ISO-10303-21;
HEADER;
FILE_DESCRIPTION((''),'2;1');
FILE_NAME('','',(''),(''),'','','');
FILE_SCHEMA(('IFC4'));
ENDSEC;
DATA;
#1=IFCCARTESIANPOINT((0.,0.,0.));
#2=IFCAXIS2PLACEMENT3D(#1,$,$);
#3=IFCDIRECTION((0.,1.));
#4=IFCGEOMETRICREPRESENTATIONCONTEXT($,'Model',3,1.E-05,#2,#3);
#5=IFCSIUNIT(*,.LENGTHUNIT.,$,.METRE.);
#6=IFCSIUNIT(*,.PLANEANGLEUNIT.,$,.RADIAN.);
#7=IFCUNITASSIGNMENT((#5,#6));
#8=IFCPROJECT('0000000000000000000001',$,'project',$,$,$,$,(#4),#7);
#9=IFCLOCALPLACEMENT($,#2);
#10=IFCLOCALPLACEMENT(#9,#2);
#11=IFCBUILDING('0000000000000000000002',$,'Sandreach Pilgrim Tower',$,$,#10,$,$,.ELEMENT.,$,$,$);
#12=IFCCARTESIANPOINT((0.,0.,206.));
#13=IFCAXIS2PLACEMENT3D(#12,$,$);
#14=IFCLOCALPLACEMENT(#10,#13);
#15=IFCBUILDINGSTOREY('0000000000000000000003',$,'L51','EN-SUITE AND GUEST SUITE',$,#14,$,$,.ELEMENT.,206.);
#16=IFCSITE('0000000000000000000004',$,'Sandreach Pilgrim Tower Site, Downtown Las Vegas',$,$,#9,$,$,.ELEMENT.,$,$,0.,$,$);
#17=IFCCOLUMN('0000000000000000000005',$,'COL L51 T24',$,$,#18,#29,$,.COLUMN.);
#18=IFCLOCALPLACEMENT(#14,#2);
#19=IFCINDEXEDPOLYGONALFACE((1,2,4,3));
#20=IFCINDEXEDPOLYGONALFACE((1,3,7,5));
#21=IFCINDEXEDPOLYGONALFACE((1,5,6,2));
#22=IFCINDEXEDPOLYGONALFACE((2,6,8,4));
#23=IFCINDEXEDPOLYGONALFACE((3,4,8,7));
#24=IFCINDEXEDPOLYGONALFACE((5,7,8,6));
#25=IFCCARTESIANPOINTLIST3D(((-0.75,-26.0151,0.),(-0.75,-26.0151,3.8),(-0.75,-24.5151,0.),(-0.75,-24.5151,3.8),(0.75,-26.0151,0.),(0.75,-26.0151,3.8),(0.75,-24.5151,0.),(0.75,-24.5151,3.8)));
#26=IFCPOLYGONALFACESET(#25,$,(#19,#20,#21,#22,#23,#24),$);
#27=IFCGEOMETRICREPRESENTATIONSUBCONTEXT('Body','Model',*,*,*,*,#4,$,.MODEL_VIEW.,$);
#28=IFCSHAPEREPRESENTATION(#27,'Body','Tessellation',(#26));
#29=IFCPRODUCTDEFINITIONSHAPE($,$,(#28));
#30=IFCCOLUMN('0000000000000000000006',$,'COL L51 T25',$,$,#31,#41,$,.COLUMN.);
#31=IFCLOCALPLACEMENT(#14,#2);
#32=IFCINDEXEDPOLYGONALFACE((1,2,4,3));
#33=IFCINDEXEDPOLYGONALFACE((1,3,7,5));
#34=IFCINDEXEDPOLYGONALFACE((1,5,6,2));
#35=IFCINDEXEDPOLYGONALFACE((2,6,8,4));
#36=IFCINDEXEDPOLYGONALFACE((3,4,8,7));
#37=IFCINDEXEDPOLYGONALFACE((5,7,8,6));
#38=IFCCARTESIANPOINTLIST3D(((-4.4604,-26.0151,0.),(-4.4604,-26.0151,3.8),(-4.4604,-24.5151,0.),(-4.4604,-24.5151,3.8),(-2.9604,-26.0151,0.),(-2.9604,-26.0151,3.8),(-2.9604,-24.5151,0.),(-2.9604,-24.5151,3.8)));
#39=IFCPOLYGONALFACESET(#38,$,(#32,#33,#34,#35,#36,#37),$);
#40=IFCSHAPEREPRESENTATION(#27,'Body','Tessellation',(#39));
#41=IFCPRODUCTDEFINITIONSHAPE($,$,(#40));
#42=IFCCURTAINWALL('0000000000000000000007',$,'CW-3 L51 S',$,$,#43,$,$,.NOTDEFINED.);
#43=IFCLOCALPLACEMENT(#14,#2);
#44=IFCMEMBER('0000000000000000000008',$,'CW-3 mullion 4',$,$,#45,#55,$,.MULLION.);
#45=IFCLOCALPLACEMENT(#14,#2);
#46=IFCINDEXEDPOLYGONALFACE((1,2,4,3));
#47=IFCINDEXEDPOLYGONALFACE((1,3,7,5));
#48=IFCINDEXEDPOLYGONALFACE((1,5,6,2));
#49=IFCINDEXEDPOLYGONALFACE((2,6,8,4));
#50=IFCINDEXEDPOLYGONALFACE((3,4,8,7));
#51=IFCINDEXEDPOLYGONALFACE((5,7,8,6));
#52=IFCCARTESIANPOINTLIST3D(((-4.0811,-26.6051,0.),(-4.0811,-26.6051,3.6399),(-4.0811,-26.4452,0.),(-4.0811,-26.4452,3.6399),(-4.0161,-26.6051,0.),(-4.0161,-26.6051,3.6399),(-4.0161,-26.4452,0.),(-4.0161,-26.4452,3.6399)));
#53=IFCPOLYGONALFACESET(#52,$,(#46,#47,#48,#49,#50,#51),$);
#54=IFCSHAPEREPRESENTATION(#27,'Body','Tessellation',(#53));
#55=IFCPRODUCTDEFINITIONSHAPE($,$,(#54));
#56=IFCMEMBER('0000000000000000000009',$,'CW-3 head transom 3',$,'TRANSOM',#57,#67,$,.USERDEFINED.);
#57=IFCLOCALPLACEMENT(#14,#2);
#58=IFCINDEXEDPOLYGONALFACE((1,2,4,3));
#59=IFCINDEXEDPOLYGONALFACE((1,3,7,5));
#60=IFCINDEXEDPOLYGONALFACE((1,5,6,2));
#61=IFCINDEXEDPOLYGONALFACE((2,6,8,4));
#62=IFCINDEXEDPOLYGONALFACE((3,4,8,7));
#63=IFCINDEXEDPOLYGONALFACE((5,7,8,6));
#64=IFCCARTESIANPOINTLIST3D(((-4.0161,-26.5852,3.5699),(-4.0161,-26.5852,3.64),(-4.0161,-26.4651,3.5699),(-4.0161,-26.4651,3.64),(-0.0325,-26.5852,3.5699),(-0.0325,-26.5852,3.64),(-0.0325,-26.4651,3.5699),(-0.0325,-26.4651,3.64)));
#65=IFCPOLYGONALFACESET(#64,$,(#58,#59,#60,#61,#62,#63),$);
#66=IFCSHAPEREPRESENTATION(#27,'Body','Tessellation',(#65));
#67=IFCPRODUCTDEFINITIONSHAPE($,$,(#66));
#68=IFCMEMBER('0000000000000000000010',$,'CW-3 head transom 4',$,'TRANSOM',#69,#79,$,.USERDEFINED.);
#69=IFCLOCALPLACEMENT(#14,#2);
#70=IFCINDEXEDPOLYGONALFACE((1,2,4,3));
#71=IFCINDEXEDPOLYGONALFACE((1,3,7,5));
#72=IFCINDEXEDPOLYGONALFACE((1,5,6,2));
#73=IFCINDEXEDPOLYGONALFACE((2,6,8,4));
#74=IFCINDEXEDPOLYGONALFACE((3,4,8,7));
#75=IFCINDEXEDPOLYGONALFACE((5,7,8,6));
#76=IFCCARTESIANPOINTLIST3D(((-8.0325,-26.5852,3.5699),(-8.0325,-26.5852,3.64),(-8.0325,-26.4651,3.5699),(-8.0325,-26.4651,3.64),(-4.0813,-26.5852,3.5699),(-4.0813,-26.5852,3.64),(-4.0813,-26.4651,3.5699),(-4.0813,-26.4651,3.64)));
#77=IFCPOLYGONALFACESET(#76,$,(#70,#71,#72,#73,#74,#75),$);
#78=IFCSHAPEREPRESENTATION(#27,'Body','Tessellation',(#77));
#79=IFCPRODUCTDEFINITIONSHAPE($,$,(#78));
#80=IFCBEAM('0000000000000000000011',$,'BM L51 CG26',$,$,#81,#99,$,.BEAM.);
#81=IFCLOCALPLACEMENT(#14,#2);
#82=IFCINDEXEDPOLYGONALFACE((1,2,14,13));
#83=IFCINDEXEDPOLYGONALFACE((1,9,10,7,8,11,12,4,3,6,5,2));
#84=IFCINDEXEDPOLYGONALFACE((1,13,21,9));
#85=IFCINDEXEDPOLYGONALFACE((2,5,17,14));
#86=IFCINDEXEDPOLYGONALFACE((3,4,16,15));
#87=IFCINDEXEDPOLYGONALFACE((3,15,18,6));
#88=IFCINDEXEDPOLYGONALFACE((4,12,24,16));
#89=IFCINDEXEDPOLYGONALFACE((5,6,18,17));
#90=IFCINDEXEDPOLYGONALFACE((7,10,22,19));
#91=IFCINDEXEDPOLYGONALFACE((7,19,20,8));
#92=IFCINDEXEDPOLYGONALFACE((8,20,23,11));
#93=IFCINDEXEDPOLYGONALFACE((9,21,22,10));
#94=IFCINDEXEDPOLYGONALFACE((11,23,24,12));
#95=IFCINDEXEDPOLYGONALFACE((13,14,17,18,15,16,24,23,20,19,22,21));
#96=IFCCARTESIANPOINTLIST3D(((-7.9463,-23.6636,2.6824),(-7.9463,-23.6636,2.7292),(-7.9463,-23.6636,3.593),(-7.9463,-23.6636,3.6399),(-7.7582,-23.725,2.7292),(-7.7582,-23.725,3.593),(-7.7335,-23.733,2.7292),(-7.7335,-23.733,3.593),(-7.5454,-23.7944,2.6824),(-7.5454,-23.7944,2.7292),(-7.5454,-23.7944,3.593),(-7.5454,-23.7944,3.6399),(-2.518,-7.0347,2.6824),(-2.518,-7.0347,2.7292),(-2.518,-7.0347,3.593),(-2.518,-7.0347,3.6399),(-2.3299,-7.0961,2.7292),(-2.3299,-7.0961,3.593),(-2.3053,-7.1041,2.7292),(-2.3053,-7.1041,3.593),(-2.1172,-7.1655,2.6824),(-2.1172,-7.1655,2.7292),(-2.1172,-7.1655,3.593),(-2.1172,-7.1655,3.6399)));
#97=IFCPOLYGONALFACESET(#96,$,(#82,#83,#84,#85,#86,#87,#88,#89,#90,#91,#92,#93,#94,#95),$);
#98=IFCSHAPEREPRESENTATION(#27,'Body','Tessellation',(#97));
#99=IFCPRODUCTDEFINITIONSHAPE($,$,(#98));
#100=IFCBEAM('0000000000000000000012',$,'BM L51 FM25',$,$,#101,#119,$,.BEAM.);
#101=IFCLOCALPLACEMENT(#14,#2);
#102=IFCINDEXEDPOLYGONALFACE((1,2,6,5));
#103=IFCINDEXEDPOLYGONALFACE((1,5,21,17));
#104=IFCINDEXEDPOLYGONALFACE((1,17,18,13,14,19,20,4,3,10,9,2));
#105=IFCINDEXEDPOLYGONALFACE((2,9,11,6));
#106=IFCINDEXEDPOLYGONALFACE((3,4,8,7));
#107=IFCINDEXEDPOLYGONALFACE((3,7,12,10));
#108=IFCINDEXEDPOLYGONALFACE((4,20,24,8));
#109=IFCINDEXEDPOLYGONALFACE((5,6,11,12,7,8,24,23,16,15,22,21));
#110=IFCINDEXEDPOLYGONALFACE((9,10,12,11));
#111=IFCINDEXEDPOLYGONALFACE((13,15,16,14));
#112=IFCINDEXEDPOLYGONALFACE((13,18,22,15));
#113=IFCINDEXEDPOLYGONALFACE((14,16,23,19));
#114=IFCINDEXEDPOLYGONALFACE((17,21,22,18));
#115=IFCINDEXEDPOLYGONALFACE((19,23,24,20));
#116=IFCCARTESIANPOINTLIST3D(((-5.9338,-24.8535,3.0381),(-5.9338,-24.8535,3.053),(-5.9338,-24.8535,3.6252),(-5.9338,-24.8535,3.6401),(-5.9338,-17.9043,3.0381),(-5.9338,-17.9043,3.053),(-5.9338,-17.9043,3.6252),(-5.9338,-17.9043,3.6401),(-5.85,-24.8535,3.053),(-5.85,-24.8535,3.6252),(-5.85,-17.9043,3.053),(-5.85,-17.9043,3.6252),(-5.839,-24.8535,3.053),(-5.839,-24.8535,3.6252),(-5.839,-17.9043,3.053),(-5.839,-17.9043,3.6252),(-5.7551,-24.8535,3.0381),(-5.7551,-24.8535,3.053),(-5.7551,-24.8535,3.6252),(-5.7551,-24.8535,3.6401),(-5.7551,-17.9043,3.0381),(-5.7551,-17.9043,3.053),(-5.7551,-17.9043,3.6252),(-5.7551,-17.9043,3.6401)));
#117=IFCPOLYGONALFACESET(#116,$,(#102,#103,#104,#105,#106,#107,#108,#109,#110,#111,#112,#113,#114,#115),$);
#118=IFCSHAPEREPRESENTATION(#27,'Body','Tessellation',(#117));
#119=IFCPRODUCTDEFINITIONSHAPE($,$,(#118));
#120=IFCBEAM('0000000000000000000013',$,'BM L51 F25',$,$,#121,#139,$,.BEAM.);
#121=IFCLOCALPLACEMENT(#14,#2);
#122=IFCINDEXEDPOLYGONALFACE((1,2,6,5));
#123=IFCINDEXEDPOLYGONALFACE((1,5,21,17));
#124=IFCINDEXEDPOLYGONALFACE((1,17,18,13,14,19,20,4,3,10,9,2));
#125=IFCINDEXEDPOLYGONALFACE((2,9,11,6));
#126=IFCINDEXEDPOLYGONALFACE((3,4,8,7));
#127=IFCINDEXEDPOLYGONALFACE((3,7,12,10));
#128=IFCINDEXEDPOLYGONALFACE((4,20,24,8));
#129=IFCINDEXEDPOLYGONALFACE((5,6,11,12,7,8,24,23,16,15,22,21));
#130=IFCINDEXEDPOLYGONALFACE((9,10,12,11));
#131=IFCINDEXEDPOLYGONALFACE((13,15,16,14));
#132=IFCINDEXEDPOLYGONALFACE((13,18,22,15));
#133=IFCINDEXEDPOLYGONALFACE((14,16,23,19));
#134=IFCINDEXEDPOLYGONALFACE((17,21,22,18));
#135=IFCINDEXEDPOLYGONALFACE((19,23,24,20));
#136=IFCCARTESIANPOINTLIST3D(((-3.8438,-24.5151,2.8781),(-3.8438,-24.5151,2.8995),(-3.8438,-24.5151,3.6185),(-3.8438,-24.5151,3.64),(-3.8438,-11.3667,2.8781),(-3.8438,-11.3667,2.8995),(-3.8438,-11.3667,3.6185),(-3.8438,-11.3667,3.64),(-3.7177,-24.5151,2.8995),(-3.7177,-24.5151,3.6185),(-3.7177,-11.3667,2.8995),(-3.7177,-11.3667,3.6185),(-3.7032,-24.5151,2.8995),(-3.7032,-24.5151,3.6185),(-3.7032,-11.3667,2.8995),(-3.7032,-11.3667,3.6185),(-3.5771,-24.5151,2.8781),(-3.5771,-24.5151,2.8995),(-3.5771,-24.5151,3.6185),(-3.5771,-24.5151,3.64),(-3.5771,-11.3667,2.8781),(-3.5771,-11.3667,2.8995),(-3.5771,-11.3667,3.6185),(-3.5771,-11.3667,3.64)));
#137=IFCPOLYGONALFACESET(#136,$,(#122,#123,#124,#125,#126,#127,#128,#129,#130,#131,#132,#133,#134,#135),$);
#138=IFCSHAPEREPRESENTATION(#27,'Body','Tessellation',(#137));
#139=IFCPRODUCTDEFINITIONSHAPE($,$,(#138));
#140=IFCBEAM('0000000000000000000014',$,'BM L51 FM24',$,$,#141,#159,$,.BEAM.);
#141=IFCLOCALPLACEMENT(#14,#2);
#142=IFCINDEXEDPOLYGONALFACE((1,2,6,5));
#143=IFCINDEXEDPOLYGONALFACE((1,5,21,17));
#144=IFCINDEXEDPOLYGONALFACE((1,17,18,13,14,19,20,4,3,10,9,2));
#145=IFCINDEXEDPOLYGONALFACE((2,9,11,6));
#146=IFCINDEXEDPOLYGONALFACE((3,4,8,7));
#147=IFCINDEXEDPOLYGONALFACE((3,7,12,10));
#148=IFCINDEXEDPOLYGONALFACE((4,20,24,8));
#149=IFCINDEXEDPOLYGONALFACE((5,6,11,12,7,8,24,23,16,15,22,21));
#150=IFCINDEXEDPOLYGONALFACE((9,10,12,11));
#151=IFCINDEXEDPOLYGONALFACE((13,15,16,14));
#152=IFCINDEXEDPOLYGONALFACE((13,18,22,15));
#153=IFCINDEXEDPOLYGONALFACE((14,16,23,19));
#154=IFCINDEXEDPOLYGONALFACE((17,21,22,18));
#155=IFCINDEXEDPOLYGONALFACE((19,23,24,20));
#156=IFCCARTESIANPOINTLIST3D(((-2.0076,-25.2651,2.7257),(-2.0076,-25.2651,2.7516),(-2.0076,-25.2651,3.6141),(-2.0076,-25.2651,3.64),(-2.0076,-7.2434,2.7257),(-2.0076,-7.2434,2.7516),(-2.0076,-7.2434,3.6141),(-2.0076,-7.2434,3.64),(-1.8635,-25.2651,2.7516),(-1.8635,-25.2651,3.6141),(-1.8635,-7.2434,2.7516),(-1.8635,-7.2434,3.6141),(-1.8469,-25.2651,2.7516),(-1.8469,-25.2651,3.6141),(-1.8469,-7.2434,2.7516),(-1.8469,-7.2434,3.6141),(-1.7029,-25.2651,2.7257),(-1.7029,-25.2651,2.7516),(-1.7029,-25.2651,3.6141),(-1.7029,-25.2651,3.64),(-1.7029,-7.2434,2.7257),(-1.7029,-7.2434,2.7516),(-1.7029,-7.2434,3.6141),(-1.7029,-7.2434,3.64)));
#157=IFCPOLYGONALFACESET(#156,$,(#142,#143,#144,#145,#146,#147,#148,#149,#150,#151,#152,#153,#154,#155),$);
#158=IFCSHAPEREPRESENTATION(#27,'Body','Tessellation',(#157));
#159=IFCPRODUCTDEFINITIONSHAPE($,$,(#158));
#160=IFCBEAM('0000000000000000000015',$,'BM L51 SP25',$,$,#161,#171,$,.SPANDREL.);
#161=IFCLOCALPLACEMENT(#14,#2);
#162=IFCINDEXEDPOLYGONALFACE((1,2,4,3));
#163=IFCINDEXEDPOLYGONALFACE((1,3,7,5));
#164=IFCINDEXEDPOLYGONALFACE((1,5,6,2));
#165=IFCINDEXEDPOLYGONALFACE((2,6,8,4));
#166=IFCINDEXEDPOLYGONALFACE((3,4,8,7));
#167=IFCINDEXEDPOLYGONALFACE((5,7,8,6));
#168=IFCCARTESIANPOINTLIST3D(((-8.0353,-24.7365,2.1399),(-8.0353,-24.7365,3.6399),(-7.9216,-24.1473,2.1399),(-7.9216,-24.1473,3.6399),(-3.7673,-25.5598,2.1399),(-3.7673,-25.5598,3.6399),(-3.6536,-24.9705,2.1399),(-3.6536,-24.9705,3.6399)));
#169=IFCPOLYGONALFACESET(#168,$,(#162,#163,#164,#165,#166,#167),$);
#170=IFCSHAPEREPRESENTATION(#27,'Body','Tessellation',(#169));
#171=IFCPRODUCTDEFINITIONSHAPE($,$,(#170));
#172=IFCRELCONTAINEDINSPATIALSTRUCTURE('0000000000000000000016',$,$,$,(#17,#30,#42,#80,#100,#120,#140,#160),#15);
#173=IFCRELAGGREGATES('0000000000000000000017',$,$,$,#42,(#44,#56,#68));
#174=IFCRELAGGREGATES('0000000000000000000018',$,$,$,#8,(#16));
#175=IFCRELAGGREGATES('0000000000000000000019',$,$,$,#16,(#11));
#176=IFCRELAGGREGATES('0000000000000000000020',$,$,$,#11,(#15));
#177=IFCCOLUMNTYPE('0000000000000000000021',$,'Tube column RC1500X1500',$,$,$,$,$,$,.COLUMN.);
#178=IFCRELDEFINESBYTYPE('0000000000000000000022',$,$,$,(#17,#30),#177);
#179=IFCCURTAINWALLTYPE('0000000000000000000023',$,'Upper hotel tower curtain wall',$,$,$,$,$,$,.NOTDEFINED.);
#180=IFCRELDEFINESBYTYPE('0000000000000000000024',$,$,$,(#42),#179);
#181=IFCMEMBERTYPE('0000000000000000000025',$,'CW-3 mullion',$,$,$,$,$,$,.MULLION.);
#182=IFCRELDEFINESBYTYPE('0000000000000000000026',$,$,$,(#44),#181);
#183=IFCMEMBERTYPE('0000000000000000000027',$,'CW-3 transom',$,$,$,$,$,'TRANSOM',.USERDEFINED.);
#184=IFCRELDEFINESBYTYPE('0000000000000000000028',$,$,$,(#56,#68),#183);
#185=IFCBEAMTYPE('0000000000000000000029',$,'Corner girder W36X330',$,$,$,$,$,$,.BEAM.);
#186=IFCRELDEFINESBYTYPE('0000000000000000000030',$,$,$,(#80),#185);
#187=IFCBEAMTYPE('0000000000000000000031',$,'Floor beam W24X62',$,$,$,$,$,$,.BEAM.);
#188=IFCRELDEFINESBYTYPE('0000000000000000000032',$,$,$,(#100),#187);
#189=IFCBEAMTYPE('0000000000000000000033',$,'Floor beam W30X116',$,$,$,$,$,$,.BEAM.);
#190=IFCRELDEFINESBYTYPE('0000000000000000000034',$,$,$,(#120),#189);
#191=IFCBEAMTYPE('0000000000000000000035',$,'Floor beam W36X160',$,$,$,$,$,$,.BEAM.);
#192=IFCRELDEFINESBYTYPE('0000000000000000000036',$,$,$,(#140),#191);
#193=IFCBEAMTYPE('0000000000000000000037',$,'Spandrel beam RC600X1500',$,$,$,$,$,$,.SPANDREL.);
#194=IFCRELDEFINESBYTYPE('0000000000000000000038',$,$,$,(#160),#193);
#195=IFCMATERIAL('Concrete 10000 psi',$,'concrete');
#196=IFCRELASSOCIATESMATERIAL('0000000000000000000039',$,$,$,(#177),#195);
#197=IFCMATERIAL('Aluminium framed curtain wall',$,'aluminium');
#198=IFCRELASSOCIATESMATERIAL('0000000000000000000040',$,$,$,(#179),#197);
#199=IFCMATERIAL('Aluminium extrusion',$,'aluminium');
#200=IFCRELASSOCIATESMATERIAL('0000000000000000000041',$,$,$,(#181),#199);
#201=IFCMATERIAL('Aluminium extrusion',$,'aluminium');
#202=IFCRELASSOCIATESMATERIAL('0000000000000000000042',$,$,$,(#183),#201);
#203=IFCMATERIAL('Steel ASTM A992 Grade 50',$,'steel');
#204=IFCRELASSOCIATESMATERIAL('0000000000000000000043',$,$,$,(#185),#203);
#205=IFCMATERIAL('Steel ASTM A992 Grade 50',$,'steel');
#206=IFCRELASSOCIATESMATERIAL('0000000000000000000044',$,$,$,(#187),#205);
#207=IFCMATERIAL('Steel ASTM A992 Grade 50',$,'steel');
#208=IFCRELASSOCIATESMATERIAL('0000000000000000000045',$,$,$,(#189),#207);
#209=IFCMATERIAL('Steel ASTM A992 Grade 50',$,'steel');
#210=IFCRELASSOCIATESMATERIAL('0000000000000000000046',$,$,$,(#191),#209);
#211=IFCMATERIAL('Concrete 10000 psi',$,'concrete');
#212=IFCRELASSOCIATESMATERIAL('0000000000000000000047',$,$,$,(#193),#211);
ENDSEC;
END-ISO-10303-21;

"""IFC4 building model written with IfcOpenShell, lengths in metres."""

from ifc_helpers import new_model, si_unit, direction, frame, origin, origin_2d, place, context, subcontext, project, spatial, rectangle, i_section, extrude, material, material_profile, profile_set, type_object, element, aggregate, save


model = new_model("IFC4")

# Units and contexts
model_context = context("Model", 3, precision=1e-05, world=origin(), true_north=direction((0.0, 1.0)))
body_context = subcontext(model_context, "Body", "Model", "MODEL_VIEW")
ifc_project = project(units=[si_unit("LENGTHUNIT", "METRE"), si_unit("PLANEANGLEUNIT", "RADIAN")], contexts=[model_context])

# Site, building, storey
site_placement = place(None, origin())
site = spatial("IfcSite", under=ifc_project, at=site_placement, Name="Sandreach Pilgrim Tower Site, Downtown Las Vegas", CompositionType="ELEMENT", RefElevation=0.0)
building_placement = place(site_placement, origin())
building = spatial("IfcBuilding", under=site, at=building_placement, Name="Sandreach Pilgrim Tower", CompositionType="ELEMENT")
storey_placement = place(building_placement, frame((0.0, 0.0, 206.0)))
storey = spatial("IfcBuildingStorey", under=building, at=storey_placement, Name="L51", Description="EN-SUITE AND GUEST SUITE", CompositionType="ELEMENT", Elevation=206.0)

# Columns
ifc_material_1 = material(Name="Concrete 10000 psi", Category="concrete")
ifc_material_profile_1 = material_profile(ifc_material_1, rectangle(XDim=1.5, YDim=1.5, at=origin_2d()), Name="RC1500X1500")
ifc_profile_set_1 = profile_set([ifc_material_profile_1], Name="Concrete 10000 psi")
column_type = type_object("IfcColumnType", Name="Tube column RC1500X1500", PredefinedType="COLUMN", material=ifc_profile_set_1)
for number, where, z_axis, x_axis, name in (
    (1, (0.0, -25.2651, 0.0), (0.0, 0.0, 1.0), (0.0, -1.0, 0.0), "COL L51 T24"),
    (2, (-3.7104, -25.2651, 0.0), (0.0, 0.0, 1.0), (0.0, -1.0, 0.0), "COL L51 T25"),
):
    element("IfcColumn", number, at=place(storey_placement, frame(where, z_axis=z_axis, x_axis=x_axis)), inside=storey, type_object=column_type, Name=name, PredefinedType="COLUMN", context=body_context, shape_type="SweptSolid", body=[
        extrude(rectangle(XDim=1.5, YDim=1.5, at=origin_2d()), origin(), (0.0, 0.0, 1.0), 3.8),
    ])

# Curtain wall, members
ifc_material_2 = material(Name="Aluminium framed curtain wall", Category="aluminium")
curtain_wall_type = type_object("IfcCurtainWallType", Name="Upper hotel tower curtain wall", PredefinedType="NOTDEFINED", material=ifc_material_2)
curtain_wall_placement = place(storey_placement, origin())
curtain_wall = element("IfcCurtainWall", 3, at=curtain_wall_placement, inside=storey, type_object=curtain_wall_type, Name="CW-3 L51 S", PredefinedType="NOTDEFINED")
ifc_material_3 = material(Name="Aluminium extrusion", Category="aluminium")
ifc_material_profile_2 = material_profile(ifc_material_3, rectangle(XDim=0.0649, YDim=0.1599, at=origin_2d()), Name="CW-3M 65X160")
ifc_profile_set_2 = profile_set([ifc_material_profile_2], Name="Aluminium extrusion")
member_type_1 = type_object("IfcMemberType", Name="CW-3 mullion", PredefinedType="MULLION", material=ifc_profile_set_2)
member_1_placement = place(storey_placement, frame((-4.0486, -26.5251, 0.0), z_axis=(0.0, 0.0, 1.0), x_axis=(-1.0, 0.0, 0.0)))
member_1 = element("IfcMember", 4, at=member_1_placement, type_object=member_type_1, Name="CW-3 mullion 4", PredefinedType="MULLION", context=body_context, shape_type="SweptSolid", body=[
    extrude(rectangle(XDim=0.0649, YDim=0.1599, at=origin_2d()), origin(), (0.0, 0.0, 1.0), 3.6399),
])
ifc_material_4 = material(Name="Aluminium extrusion", Category="aluminium")
ifc_material_profile_3 = material_profile(ifc_material_4, rectangle(XDim=0.1201, YDim=0.0701, at=origin_2d()), Name="CW-3T 120X70")
ifc_profile_set_3 = profile_set([ifc_material_profile_3], Name="Aluminium extrusion")
member_type_2 = type_object("IfcMemberType", Name="CW-3 transom", ElementType="TRANSOM", PredefinedType="USERDEFINED", material=ifc_profile_set_3)
member_2_placement = place(storey_placement, frame((-0.0325, -26.5251, 3.605), z_axis=(-1.0, 0.0, 0.0), x_axis=(0.0, -1.0, 0.0)))
member_2 = element("IfcMember", 5, at=member_2_placement, type_object=member_type_2, Name="CW-3 head transom 3", ObjectType="TRANSOM", PredefinedType="USERDEFINED", context=body_context, shape_type="SweptSolid", body=[
    extrude(rectangle(XDim=0.1201, YDim=0.0701, at=origin_2d()), origin(), (0.0, 0.0, 1.0), 3.9836),
])
member_3_placement = place(storey_placement, frame((-4.0813, -26.5251, 3.605), z_axis=(-1.0, 0.0, 0.0), x_axis=(0.0, -1.0, 0.0)))
member_3 = element("IfcMember", 6, at=member_3_placement, type_object=member_type_2, Name="CW-3 head transom 4", ObjectType="TRANSOM", PredefinedType="USERDEFINED", context=body_context, shape_type="SweptSolid", body=[
    extrude(rectangle(XDim=0.1201, YDim=0.0701, at=origin_2d()), origin(), (0.0, 0.0, 1.0), 3.9512),
])

# Beams
ifc_material_5 = material(Name="Steel ASTM A992 Grade 50", Category="steel")
ifc_material_profile_4 = material_profile(ifc_material_5, i_section(OverallWidth=0.4216, OverallDepth=0.9575, WebThickness=0.0259, FlangeThickness=0.0469, at=origin_2d()), Name="W36X330")
ifc_profile_set_4 = profile_set([ifc_material_profile_4], Name="Steel ASTM A992 Grade 50")
beam_type_1 = type_object("IfcBeamType", Name="Corner girder W36X330", PredefinedType="BEAM", material=ifc_profile_set_4)
beam_1_placement = place(storey_placement, frame((-7.7458, -23.729, 3.1611), z_axis=(0.310318, 0.950633, 0.0), x_axis=(-0.950633, 0.310318, 0.0)))
element("IfcBeam", 7, at=beam_1_placement, inside=storey, type_object=beam_type_1, Name="BM L51 CG26", PredefinedType="BEAM", context=body_context, shape_type="SweptSolid", body=[
    extrude(i_section(OverallWidth=0.4216, OverallDepth=0.9575, WebThickness=0.0259, FlangeThickness=0.0469, at=origin_2d()), origin(), (0.0, 0.0, 1.0), 17.4924),
])
ifc_material_6 = material(Name="Steel ASTM A992 Grade 50", Category="steel")
ifc_material_profile_5 = material_profile(ifc_material_6, i_section(OverallWidth=0.1787, OverallDepth=0.6021, WebThickness=0.011, FlangeThickness=0.0149, at=origin_2d()), Name="W24X62")
ifc_profile_set_5 = profile_set([ifc_material_profile_5], Name="Steel ASTM A992 Grade 50")
beam_type_2 = type_object("IfcBeamType", Name="Floor beam W24X62", PredefinedType="BEAM", material=ifc_profile_set_5)
beam_2_placement = place(storey_placement, frame((-5.8445, -24.8535, 3.3391), z_axis=(0.0, 1.0, 0.0), x_axis=(-1.0, 0.0, 0.0)))
element("IfcBeam", 8, at=beam_2_placement, inside=storey, type_object=beam_type_2, Name="BM L51 FM25", PredefinedType="BEAM", context=body_context, shape_type="SweptSolid", body=[
    extrude(i_section(OverallWidth=0.1787, OverallDepth=0.6021, WebThickness=0.011, FlangeThickness=0.0149, at=origin_2d()), origin(), (0.0, 0.0, 1.0), 6.9492),
])
ifc_material_7 = material(Name="Steel ASTM A992 Grade 50", Category="steel")
ifc_material_profile_6 = material_profile(ifc_material_7, i_section(OverallWidth=0.2666, OverallDepth=0.762, WebThickness=0.0144, FlangeThickness=0.0215, at=origin_2d()), Name="W30X116")
ifc_profile_set_6 = profile_set([ifc_material_profile_6], Name="Steel ASTM A992 Grade 50")
beam_type_3 = type_object("IfcBeamType", Name="Floor beam W30X116", PredefinedType="BEAM", material=ifc_profile_set_6)
beam_3_placement = place(storey_placement, frame((-3.7104, -24.5151, 3.259), z_axis=(0.0, 1.0, 0.0), x_axis=(-1.0, 0.0, 0.0)))
element("IfcBeam", 9, at=beam_3_placement, inside=storey, type_object=beam_type_3, Name="BM L51 F25", PredefinedType="BEAM", context=body_context, shape_type="SweptSolid", body=[
    extrude(i_section(OverallWidth=0.2666, OverallDepth=0.762, WebThickness=0.0144, FlangeThickness=0.0215, at=origin_2d()), origin(), (0.0, 0.0, 1.0), 13.1484),
])
ifc_material_8 = material(Name="Steel ASTM A992 Grade 50", Category="steel")
ifc_material_profile_7 = material_profile(ifc_material_8, i_section(OverallWidth=0.3047, OverallDepth=0.9143, WebThickness=0.0166, FlangeThickness=0.0259, at=origin_2d()), Name="W36X160")
ifc_profile_set_7 = profile_set([ifc_material_profile_7], Name="Steel ASTM A992 Grade 50")
beam_type_4 = type_object("IfcBeamType", Name="Floor beam W36X160", PredefinedType="BEAM", material=ifc_profile_set_7)
beam_4_placement = place(storey_placement, frame((-1.8552, -25.2651, 3.1829), z_axis=(0.0, 1.0, 0.0), x_axis=(-1.0, 0.0, 0.0)))
element("IfcBeam", 10, at=beam_4_placement, inside=storey, type_object=beam_type_4, Name="BM L51 FM24", PredefinedType="BEAM", context=body_context, shape_type="SweptSolid", body=[
    extrude(i_section(OverallWidth=0.3047, OverallDepth=0.9143, WebThickness=0.0166, FlangeThickness=0.0259, at=origin_2d()), origin(), (0.0, 0.0, 1.0), 18.0217),
])
ifc_material_9 = material(Name="Concrete 10000 psi", Category="concrete")
ifc_material_profile_8 = material_profile(ifc_material_9, rectangle(XDim=0.6001, YDim=1.5, at=origin_2d()), Name="RC600X1500")
ifc_profile_set_8 = profile_set([ifc_material_profile_8], Name="Concrete 10000 psi")
beam_type_5 = type_object("IfcBeamType", Name="Spandrel beam RC600X1500", PredefinedType="SPANDREL", material=ifc_profile_set_8)
beam_5_placement = place(storey_placement, frame((-3.7104, -25.2651, 2.8899), z_axis=(-0.981901, 0.189393, 0.0), x_axis=(-0.189393, -0.981901, 0.0)))
element("IfcBeam", 11, at=beam_5_placement, inside=storey, type_object=beam_type_5, Name="BM L51 SP25", PredefinedType="SPANDREL", context=body_context, shape_type="SweptSolid", body=[
    extrude(rectangle(XDim=0.6001, YDim=1.5, at=origin_2d()), origin(), (0.0, 0.0, 1.0), 4.3467),
])

aggregate(curtain_wall, [member_1, member_2, member_3])

save(model, "model.ifc")
